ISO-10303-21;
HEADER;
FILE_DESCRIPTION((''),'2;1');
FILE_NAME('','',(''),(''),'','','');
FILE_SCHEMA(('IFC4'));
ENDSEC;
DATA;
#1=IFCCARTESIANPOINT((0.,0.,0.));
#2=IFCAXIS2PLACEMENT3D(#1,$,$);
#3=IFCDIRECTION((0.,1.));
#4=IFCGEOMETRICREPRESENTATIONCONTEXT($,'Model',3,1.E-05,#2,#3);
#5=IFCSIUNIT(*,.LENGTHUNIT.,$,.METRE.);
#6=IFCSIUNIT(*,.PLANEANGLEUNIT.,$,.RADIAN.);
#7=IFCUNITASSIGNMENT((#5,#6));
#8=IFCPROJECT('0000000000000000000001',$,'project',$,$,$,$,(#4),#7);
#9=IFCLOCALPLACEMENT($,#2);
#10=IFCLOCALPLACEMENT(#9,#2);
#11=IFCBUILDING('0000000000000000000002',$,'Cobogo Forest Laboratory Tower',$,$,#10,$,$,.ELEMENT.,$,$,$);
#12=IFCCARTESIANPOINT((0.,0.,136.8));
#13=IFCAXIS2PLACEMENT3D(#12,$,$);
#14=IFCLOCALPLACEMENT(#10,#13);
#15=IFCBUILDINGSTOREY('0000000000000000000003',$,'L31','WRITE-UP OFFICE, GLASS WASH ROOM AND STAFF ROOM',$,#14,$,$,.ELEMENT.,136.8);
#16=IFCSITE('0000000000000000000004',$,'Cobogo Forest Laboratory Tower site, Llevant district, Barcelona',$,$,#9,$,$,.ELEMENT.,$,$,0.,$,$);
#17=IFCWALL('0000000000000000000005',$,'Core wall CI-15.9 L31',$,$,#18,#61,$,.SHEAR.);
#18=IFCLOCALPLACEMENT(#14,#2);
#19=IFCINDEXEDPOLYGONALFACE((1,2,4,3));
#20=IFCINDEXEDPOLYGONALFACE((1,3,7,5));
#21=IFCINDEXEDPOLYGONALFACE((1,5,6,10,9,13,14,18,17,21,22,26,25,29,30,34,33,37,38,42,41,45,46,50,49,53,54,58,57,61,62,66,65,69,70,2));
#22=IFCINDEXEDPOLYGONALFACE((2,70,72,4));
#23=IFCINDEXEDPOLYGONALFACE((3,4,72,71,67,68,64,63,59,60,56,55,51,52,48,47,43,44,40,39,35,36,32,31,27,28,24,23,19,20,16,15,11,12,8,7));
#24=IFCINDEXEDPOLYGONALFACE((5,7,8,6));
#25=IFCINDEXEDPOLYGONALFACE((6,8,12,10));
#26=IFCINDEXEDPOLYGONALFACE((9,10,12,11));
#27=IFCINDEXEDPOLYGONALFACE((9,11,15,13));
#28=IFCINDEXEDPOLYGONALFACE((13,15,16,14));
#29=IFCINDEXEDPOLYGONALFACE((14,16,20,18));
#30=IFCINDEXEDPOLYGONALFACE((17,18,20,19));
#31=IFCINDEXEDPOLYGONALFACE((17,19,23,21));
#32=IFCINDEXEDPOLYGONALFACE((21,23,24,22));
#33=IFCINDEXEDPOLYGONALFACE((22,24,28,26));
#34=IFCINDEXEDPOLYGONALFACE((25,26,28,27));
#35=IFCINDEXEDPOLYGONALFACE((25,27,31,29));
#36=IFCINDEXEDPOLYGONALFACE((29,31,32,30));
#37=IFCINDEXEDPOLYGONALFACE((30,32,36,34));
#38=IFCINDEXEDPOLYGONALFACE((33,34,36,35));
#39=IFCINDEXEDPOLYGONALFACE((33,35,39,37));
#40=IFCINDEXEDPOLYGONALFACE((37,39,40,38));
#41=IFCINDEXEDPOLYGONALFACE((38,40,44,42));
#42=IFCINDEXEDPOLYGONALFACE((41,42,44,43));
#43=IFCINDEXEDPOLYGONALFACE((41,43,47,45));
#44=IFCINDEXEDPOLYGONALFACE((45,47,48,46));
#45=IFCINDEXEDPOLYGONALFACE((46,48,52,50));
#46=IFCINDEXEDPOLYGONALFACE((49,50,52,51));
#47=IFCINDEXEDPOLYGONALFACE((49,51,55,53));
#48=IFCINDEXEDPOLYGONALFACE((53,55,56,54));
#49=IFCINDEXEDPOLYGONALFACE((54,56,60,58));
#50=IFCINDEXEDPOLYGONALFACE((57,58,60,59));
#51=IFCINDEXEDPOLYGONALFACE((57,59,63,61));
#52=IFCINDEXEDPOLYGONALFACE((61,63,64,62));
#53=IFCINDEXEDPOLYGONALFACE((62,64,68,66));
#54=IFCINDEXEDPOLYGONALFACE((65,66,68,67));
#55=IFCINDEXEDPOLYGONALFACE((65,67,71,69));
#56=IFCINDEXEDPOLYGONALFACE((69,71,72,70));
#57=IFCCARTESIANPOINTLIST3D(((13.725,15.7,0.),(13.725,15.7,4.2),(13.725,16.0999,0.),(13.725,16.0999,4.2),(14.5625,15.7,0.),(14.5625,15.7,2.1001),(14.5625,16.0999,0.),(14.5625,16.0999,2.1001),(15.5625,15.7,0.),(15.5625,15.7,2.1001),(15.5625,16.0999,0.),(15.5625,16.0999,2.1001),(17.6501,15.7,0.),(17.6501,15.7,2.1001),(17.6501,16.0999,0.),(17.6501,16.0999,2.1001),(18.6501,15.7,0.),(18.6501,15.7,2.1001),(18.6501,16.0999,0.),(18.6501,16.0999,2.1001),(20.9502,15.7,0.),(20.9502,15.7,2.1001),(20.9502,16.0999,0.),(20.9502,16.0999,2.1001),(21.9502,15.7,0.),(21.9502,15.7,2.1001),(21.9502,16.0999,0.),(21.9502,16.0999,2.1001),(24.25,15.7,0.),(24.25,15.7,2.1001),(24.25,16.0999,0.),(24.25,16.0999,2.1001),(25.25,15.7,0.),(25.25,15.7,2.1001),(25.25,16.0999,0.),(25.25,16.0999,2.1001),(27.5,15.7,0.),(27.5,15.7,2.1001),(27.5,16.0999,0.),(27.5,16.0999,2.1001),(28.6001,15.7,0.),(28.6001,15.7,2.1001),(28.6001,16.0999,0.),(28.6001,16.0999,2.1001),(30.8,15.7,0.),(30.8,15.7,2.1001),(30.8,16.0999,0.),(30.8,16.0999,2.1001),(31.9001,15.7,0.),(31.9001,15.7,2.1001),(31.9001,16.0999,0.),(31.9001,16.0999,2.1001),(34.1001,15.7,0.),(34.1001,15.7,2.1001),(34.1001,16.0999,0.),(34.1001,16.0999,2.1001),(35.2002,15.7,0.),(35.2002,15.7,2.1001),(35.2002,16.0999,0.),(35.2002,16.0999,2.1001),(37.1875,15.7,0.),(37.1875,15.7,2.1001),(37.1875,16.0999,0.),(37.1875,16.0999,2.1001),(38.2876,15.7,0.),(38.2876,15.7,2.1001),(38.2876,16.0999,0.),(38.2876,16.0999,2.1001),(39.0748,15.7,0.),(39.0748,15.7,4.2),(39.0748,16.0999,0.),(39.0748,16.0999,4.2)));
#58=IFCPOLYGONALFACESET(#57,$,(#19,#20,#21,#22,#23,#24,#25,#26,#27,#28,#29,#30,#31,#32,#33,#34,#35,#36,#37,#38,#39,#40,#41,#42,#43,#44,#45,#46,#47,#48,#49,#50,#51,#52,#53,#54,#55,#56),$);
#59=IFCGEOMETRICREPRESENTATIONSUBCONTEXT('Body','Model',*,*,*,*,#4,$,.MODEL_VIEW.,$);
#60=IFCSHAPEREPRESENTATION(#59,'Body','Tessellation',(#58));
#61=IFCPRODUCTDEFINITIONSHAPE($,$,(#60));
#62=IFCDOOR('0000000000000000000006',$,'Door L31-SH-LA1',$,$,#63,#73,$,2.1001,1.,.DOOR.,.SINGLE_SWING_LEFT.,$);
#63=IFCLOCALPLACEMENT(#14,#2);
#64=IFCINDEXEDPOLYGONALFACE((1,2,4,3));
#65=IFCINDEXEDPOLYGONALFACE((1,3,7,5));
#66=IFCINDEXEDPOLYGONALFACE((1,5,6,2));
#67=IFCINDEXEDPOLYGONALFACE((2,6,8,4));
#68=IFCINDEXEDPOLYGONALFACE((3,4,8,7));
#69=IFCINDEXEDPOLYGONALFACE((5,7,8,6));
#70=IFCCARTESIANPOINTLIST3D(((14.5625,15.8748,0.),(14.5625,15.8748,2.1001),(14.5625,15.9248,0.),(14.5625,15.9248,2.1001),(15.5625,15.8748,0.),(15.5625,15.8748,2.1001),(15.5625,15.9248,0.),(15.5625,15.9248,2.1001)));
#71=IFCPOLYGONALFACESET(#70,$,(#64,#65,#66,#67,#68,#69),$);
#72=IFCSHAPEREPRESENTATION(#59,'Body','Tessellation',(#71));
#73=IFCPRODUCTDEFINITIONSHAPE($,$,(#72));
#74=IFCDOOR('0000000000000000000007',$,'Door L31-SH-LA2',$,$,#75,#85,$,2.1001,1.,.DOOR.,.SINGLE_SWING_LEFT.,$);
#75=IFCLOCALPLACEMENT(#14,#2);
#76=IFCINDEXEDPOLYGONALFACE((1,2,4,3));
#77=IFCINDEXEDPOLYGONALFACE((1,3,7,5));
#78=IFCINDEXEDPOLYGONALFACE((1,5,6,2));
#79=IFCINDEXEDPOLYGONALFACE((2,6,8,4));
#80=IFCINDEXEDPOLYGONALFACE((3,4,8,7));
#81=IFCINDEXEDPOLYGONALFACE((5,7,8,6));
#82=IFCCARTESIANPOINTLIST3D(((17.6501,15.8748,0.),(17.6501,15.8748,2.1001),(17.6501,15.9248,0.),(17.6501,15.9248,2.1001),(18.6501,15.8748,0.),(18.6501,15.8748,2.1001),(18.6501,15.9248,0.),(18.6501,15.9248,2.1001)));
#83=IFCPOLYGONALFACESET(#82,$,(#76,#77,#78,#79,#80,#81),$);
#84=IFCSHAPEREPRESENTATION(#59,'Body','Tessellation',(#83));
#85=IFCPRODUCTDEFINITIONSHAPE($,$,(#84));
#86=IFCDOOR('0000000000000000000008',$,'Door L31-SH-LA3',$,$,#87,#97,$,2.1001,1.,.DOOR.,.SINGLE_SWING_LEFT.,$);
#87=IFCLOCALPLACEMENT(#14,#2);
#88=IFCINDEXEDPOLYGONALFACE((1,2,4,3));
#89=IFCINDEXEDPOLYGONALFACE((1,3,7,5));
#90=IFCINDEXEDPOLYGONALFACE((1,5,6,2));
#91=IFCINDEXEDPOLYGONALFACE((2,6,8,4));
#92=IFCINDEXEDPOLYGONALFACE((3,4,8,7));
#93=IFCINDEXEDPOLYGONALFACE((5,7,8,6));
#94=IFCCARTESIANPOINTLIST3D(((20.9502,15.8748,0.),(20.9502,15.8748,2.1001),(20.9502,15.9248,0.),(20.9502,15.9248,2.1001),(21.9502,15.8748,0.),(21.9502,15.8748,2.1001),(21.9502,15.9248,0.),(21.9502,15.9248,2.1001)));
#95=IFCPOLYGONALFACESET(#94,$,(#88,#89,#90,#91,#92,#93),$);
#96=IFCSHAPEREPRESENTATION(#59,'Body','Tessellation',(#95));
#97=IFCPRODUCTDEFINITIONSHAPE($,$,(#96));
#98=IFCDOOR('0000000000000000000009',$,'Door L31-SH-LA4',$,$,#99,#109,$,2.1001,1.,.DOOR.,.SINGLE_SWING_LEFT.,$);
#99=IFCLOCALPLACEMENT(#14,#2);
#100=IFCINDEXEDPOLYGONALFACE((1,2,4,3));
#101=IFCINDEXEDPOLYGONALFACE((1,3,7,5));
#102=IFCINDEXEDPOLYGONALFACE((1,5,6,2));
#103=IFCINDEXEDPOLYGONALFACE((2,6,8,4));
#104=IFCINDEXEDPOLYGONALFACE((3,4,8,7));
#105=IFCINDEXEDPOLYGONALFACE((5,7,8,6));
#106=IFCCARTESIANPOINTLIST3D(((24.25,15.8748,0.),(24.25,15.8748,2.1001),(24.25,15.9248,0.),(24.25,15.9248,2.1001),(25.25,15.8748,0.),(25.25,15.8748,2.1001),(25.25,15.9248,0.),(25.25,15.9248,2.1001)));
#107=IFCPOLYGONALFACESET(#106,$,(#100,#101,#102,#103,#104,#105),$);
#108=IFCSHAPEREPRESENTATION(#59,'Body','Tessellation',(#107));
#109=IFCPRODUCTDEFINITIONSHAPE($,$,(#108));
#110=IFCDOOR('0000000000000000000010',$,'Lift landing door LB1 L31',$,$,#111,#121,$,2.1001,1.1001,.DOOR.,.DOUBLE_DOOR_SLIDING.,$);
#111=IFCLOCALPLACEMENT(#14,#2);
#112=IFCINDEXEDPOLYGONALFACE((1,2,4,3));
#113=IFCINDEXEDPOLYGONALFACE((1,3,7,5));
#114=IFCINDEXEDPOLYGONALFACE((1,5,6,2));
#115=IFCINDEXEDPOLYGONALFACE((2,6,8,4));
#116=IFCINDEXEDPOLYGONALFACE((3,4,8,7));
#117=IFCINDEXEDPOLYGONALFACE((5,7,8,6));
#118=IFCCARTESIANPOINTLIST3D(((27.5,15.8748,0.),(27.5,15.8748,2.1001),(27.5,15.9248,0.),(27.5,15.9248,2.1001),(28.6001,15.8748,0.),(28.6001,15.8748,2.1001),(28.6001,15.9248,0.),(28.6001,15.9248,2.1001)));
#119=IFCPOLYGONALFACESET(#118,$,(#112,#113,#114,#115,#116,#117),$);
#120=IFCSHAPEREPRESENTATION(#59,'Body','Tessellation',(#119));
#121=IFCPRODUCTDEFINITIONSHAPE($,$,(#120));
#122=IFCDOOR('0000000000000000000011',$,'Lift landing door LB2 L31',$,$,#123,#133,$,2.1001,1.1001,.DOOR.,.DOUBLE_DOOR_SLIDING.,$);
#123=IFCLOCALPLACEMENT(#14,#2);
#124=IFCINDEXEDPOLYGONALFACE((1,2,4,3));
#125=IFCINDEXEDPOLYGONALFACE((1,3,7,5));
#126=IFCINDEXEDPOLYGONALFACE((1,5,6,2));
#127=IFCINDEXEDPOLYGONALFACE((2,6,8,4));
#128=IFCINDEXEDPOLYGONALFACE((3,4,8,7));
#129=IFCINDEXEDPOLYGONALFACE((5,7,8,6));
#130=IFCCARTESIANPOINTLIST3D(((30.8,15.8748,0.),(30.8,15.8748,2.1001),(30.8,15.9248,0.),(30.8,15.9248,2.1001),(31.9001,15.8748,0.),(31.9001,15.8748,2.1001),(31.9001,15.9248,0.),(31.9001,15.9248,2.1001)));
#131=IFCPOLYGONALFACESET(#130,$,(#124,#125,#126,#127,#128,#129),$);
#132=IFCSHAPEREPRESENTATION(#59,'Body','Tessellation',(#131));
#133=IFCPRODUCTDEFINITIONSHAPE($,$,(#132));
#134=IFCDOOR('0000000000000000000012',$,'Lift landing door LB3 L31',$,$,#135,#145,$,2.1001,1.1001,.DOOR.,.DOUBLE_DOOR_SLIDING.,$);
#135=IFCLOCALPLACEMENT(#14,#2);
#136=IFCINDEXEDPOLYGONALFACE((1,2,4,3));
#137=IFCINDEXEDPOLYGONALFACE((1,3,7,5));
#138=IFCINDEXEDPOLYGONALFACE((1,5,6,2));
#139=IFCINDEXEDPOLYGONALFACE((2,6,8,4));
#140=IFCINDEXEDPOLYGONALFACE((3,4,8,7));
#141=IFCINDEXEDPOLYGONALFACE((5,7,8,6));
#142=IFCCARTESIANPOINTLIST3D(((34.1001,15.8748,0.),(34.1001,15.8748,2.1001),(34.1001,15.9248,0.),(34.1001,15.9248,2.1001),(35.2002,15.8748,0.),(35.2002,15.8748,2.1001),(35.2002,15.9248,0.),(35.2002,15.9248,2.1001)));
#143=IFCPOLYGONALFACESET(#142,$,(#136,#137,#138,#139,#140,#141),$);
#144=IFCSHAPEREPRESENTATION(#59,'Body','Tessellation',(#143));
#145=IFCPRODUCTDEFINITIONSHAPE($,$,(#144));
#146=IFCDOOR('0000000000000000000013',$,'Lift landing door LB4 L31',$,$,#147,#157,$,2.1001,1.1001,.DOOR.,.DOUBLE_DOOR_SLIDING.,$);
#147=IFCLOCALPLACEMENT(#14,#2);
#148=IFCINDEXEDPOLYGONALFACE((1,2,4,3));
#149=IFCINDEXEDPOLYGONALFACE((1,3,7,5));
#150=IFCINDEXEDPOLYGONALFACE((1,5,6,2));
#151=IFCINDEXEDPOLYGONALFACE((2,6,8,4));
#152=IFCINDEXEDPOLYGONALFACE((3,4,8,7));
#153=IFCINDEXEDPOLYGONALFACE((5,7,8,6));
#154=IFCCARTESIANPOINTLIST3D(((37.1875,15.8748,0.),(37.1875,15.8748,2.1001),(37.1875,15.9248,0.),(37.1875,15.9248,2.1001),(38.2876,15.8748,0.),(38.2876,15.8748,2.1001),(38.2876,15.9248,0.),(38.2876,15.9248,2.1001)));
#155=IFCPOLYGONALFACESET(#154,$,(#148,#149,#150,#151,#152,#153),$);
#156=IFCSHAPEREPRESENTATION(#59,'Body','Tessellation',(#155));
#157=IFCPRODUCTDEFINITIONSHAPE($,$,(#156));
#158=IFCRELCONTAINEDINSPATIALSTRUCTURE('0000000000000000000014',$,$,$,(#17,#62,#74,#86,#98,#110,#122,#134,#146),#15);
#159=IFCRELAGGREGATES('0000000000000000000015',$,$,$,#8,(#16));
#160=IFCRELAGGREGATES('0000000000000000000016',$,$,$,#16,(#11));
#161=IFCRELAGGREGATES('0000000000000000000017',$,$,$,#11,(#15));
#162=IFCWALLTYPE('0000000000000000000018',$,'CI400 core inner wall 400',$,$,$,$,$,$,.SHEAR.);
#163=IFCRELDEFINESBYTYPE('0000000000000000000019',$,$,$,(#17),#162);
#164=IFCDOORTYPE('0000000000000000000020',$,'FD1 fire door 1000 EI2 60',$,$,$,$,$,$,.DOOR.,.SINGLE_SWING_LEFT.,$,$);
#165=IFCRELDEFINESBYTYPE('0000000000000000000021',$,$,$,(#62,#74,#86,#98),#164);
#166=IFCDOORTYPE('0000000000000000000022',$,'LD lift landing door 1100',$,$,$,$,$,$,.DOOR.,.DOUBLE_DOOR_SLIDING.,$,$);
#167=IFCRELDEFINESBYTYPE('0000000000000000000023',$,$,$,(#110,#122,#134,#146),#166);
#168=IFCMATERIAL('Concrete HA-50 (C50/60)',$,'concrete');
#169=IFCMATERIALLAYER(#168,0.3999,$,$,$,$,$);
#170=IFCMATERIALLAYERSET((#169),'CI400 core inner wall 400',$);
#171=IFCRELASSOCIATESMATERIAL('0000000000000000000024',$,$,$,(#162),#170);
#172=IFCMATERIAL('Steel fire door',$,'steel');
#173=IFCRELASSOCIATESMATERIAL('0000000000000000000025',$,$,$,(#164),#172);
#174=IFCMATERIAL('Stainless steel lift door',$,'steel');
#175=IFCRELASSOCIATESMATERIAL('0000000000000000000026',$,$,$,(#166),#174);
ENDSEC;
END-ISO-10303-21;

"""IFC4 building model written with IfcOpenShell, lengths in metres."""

from ifc_helpers import new_model, si_unit, direction, frame, frame_2d, origin, place, context, subcontext, project, spatial, rectangle, extrude, material, layer, layer_set, type_object, element, fill, save


model = new_model("IFC4")

# Units and contexts
model_context = context("Model", 3, precision=1e-05, world=origin(), true_north=direction((0.0, 1.0)))
body_context = subcontext(model_context, "Body", "Model", "MODEL_VIEW")
ifc_project = project(units=[si_unit("LENGTHUNIT", "METRE"), si_unit("PLANEANGLEUNIT", "RADIAN")], contexts=[model_context])

# Site, building, storey
site_placement = place(None, origin())
site = spatial("IfcSite", under=ifc_project, at=site_placement, Name="Cobogo Forest Laboratory Tower site, Llevant district, Barcelona", CompositionType="ELEMENT", RefElevation=0.0)
building_placement = place(site_placement, origin())
building = spatial("IfcBuilding", under=site, at=building_placement, Name="Cobogo Forest Laboratory Tower", CompositionType="ELEMENT")
storey_placement = place(building_placement, frame((0.0, 0.0, 136.8)))
storey = spatial("IfcBuildingStorey", under=building, at=storey_placement, Name="L31", Description="WRITE-UP OFFICE, GLASS WASH ROOM AND STAFF ROOM", CompositionType="ELEMENT", Elevation=136.8)

# Shared definitions
ifc_material_1 = material(Name="Concrete HA-50 (C50/60)", Category="concrete")

# Wall, openings, doors
ifc_layer_1 = layer(ifc_material_1, 0.3999)
ifc_layer_set_1 = layer_set([ifc_layer_1], Name="CI400 core inner wall 400")
wall_type_1 = type_object("IfcWallType", Name="CI400 core inner wall 400", PredefinedType="SHEAR", material=ifc_layer_set_1)
wall_1_placement = place(storey_placement, frame((13.7251, 15.8999, 0.0), z_axis=(0.0, 0.0, 1.0), x_axis=(1.0, 0.0, 0.0)))
wall_1 = element("IfcWall", 1, at=wall_1_placement, inside=storey, type_object=wall_type_1, Name="Core wall CI-15.9 L31", PredefinedType="SHEAR", context=body_context, shape_type="SweptSolid", body=[
    extrude(rectangle(XDim=25.3499, YDim=0.3999, at=frame_2d((12.6748, 0.0))), origin(), (0.0, 0.0, 1.0), 4.2),
])
opening_1_placement = place(wall_1_placement, frame((0.8374, 0.0, 0.0)))
opening_1 = element("IfcOpeningElement", 2, at=opening_1_placement, cuts=wall_1, PredefinedType="OPENING", context=body_context, shape_type="SweptSolid", body=[
    extrude(rectangle(XDim=1.0, YDim=2.1001, at=frame_2d((0.5, 1.05))), frame((0.0, 0.21, 0.0), z_axis=(0.0, -1.0, 0.0), x_axis=(1.0, 0.0, 0.0)), (0.0, 0.0, 1.0), 0.4199),
])
opening_2_placement = place(wall_1_placement, frame((3.925, 0.0, 0.0)))
opening_2 = element("IfcOpeningElement", 3, at=opening_2_placement, cuts=wall_1, PredefinedType="OPENING", context=body_context, shape_type="SweptSolid", body=[
    extrude(rectangle(XDim=1.0, YDim=2.1001, at=frame_2d((0.5, 1.05))), frame((0.0, 0.21, 0.0), z_axis=(0.0, -1.0, 0.0), x_axis=(1.0, 0.0, 0.0)), (0.0, 0.0, 1.0), 0.4199),
])
opening_3_placement = place(wall_1_placement, frame((7.2251, 0.0, 0.0)))
opening_3 = element("IfcOpeningElement", 4, at=opening_3_placement, cuts=wall_1, PredefinedType="OPENING", context=body_context, shape_type="SweptSolid", body=[
    extrude(rectangle(XDim=1.0, YDim=2.1001, at=frame_2d((0.5, 1.05))), frame((0.0, 0.21, 0.0), z_axis=(0.0, -1.0, 0.0), x_axis=(1.0, 0.0, 0.0)), (0.0, 0.0, 1.0), 0.4199),
])
opening_4_placement = place(wall_1_placement, frame((10.5249, 0.0, 0.0)))
opening_4 = element("IfcOpeningElement", 5, at=opening_4_placement, cuts=wall_1, PredefinedType="OPENING", context=body_context, shape_type="SweptSolid", body=[
    extrude(rectangle(XDim=1.0, YDim=2.1001, at=frame_2d((0.5, 1.05))), frame((0.0, 0.21, 0.0), z_axis=(0.0, -1.0, 0.0), x_axis=(1.0, 0.0, 0.0)), (0.0, 0.0, 1.0), 0.4199),
])
opening_5_placement = place(wall_1_placement, frame((13.7749, 0.0, 0.0)))
opening_5 = element("IfcOpeningElement", 6, at=opening_5_placement, cuts=wall_1, PredefinedType="OPENING", context=body_context, shape_type="SweptSolid", body=[
    extrude(rectangle(XDim=1.1001, YDim=2.1001, at=frame_2d((0.55, 1.05))), frame((0.0, 0.21, 0.0), z_axis=(0.0, -1.0, 0.0), x_axis=(1.0, 0.0, 0.0)), (0.0, 0.0, 1.0), 0.4199),
])
opening_6_placement = place(wall_1_placement, frame((17.075, 0.0, 0.0)))
opening_6 = element("IfcOpeningElement", 7, at=opening_6_placement, cuts=wall_1, PredefinedType="OPENING", context=body_context, shape_type="SweptSolid", body=[
    extrude(rectangle(XDim=1.1001, YDim=2.1001, at=frame_2d((0.55, 1.05))), frame((0.0, 0.21, 0.0), z_axis=(0.0, -1.0, 0.0), x_axis=(1.0, 0.0, 0.0)), (0.0, 0.0, 1.0), 0.4199),
])
opening_7_placement = place(wall_1_placement, frame((20.375, 0.0, 0.0)))
opening_7 = element("IfcOpeningElement", 8, at=opening_7_placement, cuts=wall_1, PredefinedType="OPENING", context=body_context, shape_type="SweptSolid", body=[
    extrude(rectangle(XDim=1.1001, YDim=2.1001, at=frame_2d((0.55, 1.05))), frame((0.0, 0.21, 0.0), z_axis=(0.0, -1.0, 0.0), x_axis=(1.0, 0.0, 0.0)), (0.0, 0.0, 1.0), 0.4199),
])
opening_8_placement = place(wall_1_placement, frame((23.4624, 0.0, 0.0)))
opening_8 = element("IfcOpeningElement", 9, at=opening_8_placement, cuts=wall_1, PredefinedType="OPENING", context=body_context, shape_type="SweptSolid", body=[
    extrude(rectangle(XDim=1.1001, YDim=2.1001, at=frame_2d((0.55, 1.05))), frame((0.0, 0.21, 0.0), z_axis=(0.0, -1.0, 0.0), x_axis=(1.0, 0.0, 0.0)), (0.0, 0.0, 1.0), 0.4199),
])
ifc_material_2 = material(Name="Steel fire door", Category="steel")
door_type_1 = type_object("IfcDoorType", Name="FD1 fire door 1000 EI2 60", OperationType="SINGLE_SWING_LEFT", PredefinedType="DOOR", material=ifc_material_2)
door_1_placement = place(opening_1_placement, origin())
door_1 = element("IfcDoor", 10, at=door_1_placement, inside=storey, type_object=door_type_1, Name="Door L31-SH-LA1", OperationType="SINGLE_SWING_LEFT", OverallHeight=2.1001, OverallWidth=1.0, PredefinedType="DOOR", context=body_context, shape_type="SweptSolid", body=[
    extrude(rectangle(XDim=1.0, YDim=2.1001, at=frame_2d((0.5, 1.05))), frame((0.0, 0.0249, 0.0), z_axis=(0.0, -1.0, 0.0), x_axis=(1.0, 0.0, 0.0)), (0.0, 0.0, 1.0), 0.05),
])
fill(opening_1, door_1)
door_2_placement = place(opening_2_placement, origin())
door_2 = element("IfcDoor", 11, at=door_2_placement, inside=storey, type_object=door_type_1, Name="Door L31-SH-LA2", OperationType="SINGLE_SWING_LEFT", OverallHeight=2.1001, OverallWidth=1.0, PredefinedType="DOOR", context=body_context, shape_type="SweptSolid", body=[
    extrude(rectangle(XDim=1.0, YDim=2.1001, at=frame_2d((0.5, 1.05))), frame((0.0, 0.0249, 0.0), z_axis=(0.0, -1.0, 0.0), x_axis=(1.0, 0.0, 0.0)), (0.0, 0.0, 1.0), 0.05),
])
fill(opening_2, door_2)
door_3_placement = place(opening_3_placement, origin())
door_3 = element("IfcDoor", 12, at=door_3_placement, inside=storey, type_object=door_type_1, Name="Door L31-SH-LA3", OperationType="SINGLE_SWING_LEFT", OverallHeight=2.1001, OverallWidth=1.0, PredefinedType="DOOR", context=body_context, shape_type="SweptSolid", body=[
    extrude(rectangle(XDim=1.0, YDim=2.1001, at=frame_2d((0.5, 1.05))), frame((0.0, 0.0249, 0.0), z_axis=(0.0, -1.0, 0.0), x_axis=(1.0, 0.0, 0.0)), (0.0, 0.0, 1.0), 0.05),
])
fill(opening_3, door_3)
door_4_placement = place(opening_4_placement, origin())
door_4 = element("IfcDoor", 13, at=door_4_placement, inside=storey, type_object=door_type_1, Name="Door L31-SH-LA4", OperationType="SINGLE_SWING_LEFT", OverallHeight=2.1001, OverallWidth=1.0, PredefinedType="DOOR", context=body_context, shape_type="SweptSolid", body=[
    extrude(rectangle(XDim=1.0, YDim=2.1001, at=frame_2d((0.5, 1.05))), frame((0.0, 0.0249, 0.0), z_axis=(0.0, -1.0, 0.0), x_axis=(1.0, 0.0, 0.0)), (0.0, 0.0, 1.0), 0.05),
])
fill(opening_4, door_4)
ifc_material_3 = material(Name="Stainless steel lift door", Category="steel")
door_type_2 = type_object("IfcDoorType", Name="LD lift landing door 1100", OperationType="DOUBLE_DOOR_SLIDING", PredefinedType="DOOR", material=ifc_material_3)
door_5_placement = place(opening_5_placement, origin())
door_5 = element("IfcDoor", 14, at=door_5_placement, inside=storey, type_object=door_type_2, Name="Lift landing door LB1 L31", OperationType="DOUBLE_DOOR_SLIDING", OverallHeight=2.1001, OverallWidth=1.1001, PredefinedType="DOOR", context=body_context, shape_type="SweptSolid", body=[
    extrude(rectangle(XDim=1.1001, YDim=2.1001, at=frame_2d((0.55, 1.05))), frame((0.0, 0.0249, 0.0), z_axis=(0.0, -1.0, 0.0), x_axis=(1.0, 0.0, 0.0)), (0.0, 0.0, 1.0), 0.05),
])
fill(opening_5, door_5)
door_6_placement = place(opening_6_placement, origin())
door_6 = element("IfcDoor", 15, at=door_6_placement, inside=storey, type_object=door_type_2, Name="Lift landing door LB2 L31", OperationType="DOUBLE_DOOR_SLIDING", OverallHeight=2.1001, OverallWidth=1.1001, PredefinedType="DOOR", context=body_context, shape_type="SweptSolid", body=[
    extrude(rectangle(XDim=1.1001, YDim=2.1001, at=frame_2d((0.55, 1.05))), frame((0.0, 0.0249, 0.0), z_axis=(0.0, -1.0, 0.0), x_axis=(1.0, 0.0, 0.0)), (0.0, 0.0, 1.0), 0.05),
])
fill(opening_6, door_6)
door_7_placement = place(opening_7_placement, origin())
door_7 = element("IfcDoor", 16, at=door_7_placement, inside=storey, type_object=door_type_2, Name="Lift landing door LB3 L31", OperationType="DOUBLE_DOOR_SLIDING", OverallHeight=2.1001, OverallWidth=1.1001, PredefinedType="DOOR", context=body_context, shape_type="SweptSolid", body=[
    extrude(rectangle(XDim=1.1001, YDim=2.1001, at=frame_2d((0.55, 1.05))), frame((0.0, 0.0249, 0.0), z_axis=(0.0, -1.0, 0.0), x_axis=(1.0, 0.0, 0.0)), (0.0, 0.0, 1.0), 0.05),
])
fill(opening_7, door_7)
door_8_placement = place(opening_8_placement, origin())
door_8 = element("IfcDoor", 17, at=door_8_placement, inside=storey, type_object=door_type_2, Name="Lift landing door LB4 L31", OperationType="DOUBLE_DOOR_SLIDING", OverallHeight=2.1001, OverallWidth=1.1001, PredefinedType="DOOR", context=body_context, shape_type="SweptSolid", body=[
    extrude(rectangle(XDim=1.1001, YDim=2.1001, at=frame_2d((0.55, 1.05))), frame((0.0, 0.0249, 0.0), z_axis=(0.0, -1.0, 0.0), x_axis=(1.0, 0.0, 0.0)), (0.0, 0.0, 1.0), 0.05),
])
fill(opening_8, door_8)

save(model, "model.ifc")
